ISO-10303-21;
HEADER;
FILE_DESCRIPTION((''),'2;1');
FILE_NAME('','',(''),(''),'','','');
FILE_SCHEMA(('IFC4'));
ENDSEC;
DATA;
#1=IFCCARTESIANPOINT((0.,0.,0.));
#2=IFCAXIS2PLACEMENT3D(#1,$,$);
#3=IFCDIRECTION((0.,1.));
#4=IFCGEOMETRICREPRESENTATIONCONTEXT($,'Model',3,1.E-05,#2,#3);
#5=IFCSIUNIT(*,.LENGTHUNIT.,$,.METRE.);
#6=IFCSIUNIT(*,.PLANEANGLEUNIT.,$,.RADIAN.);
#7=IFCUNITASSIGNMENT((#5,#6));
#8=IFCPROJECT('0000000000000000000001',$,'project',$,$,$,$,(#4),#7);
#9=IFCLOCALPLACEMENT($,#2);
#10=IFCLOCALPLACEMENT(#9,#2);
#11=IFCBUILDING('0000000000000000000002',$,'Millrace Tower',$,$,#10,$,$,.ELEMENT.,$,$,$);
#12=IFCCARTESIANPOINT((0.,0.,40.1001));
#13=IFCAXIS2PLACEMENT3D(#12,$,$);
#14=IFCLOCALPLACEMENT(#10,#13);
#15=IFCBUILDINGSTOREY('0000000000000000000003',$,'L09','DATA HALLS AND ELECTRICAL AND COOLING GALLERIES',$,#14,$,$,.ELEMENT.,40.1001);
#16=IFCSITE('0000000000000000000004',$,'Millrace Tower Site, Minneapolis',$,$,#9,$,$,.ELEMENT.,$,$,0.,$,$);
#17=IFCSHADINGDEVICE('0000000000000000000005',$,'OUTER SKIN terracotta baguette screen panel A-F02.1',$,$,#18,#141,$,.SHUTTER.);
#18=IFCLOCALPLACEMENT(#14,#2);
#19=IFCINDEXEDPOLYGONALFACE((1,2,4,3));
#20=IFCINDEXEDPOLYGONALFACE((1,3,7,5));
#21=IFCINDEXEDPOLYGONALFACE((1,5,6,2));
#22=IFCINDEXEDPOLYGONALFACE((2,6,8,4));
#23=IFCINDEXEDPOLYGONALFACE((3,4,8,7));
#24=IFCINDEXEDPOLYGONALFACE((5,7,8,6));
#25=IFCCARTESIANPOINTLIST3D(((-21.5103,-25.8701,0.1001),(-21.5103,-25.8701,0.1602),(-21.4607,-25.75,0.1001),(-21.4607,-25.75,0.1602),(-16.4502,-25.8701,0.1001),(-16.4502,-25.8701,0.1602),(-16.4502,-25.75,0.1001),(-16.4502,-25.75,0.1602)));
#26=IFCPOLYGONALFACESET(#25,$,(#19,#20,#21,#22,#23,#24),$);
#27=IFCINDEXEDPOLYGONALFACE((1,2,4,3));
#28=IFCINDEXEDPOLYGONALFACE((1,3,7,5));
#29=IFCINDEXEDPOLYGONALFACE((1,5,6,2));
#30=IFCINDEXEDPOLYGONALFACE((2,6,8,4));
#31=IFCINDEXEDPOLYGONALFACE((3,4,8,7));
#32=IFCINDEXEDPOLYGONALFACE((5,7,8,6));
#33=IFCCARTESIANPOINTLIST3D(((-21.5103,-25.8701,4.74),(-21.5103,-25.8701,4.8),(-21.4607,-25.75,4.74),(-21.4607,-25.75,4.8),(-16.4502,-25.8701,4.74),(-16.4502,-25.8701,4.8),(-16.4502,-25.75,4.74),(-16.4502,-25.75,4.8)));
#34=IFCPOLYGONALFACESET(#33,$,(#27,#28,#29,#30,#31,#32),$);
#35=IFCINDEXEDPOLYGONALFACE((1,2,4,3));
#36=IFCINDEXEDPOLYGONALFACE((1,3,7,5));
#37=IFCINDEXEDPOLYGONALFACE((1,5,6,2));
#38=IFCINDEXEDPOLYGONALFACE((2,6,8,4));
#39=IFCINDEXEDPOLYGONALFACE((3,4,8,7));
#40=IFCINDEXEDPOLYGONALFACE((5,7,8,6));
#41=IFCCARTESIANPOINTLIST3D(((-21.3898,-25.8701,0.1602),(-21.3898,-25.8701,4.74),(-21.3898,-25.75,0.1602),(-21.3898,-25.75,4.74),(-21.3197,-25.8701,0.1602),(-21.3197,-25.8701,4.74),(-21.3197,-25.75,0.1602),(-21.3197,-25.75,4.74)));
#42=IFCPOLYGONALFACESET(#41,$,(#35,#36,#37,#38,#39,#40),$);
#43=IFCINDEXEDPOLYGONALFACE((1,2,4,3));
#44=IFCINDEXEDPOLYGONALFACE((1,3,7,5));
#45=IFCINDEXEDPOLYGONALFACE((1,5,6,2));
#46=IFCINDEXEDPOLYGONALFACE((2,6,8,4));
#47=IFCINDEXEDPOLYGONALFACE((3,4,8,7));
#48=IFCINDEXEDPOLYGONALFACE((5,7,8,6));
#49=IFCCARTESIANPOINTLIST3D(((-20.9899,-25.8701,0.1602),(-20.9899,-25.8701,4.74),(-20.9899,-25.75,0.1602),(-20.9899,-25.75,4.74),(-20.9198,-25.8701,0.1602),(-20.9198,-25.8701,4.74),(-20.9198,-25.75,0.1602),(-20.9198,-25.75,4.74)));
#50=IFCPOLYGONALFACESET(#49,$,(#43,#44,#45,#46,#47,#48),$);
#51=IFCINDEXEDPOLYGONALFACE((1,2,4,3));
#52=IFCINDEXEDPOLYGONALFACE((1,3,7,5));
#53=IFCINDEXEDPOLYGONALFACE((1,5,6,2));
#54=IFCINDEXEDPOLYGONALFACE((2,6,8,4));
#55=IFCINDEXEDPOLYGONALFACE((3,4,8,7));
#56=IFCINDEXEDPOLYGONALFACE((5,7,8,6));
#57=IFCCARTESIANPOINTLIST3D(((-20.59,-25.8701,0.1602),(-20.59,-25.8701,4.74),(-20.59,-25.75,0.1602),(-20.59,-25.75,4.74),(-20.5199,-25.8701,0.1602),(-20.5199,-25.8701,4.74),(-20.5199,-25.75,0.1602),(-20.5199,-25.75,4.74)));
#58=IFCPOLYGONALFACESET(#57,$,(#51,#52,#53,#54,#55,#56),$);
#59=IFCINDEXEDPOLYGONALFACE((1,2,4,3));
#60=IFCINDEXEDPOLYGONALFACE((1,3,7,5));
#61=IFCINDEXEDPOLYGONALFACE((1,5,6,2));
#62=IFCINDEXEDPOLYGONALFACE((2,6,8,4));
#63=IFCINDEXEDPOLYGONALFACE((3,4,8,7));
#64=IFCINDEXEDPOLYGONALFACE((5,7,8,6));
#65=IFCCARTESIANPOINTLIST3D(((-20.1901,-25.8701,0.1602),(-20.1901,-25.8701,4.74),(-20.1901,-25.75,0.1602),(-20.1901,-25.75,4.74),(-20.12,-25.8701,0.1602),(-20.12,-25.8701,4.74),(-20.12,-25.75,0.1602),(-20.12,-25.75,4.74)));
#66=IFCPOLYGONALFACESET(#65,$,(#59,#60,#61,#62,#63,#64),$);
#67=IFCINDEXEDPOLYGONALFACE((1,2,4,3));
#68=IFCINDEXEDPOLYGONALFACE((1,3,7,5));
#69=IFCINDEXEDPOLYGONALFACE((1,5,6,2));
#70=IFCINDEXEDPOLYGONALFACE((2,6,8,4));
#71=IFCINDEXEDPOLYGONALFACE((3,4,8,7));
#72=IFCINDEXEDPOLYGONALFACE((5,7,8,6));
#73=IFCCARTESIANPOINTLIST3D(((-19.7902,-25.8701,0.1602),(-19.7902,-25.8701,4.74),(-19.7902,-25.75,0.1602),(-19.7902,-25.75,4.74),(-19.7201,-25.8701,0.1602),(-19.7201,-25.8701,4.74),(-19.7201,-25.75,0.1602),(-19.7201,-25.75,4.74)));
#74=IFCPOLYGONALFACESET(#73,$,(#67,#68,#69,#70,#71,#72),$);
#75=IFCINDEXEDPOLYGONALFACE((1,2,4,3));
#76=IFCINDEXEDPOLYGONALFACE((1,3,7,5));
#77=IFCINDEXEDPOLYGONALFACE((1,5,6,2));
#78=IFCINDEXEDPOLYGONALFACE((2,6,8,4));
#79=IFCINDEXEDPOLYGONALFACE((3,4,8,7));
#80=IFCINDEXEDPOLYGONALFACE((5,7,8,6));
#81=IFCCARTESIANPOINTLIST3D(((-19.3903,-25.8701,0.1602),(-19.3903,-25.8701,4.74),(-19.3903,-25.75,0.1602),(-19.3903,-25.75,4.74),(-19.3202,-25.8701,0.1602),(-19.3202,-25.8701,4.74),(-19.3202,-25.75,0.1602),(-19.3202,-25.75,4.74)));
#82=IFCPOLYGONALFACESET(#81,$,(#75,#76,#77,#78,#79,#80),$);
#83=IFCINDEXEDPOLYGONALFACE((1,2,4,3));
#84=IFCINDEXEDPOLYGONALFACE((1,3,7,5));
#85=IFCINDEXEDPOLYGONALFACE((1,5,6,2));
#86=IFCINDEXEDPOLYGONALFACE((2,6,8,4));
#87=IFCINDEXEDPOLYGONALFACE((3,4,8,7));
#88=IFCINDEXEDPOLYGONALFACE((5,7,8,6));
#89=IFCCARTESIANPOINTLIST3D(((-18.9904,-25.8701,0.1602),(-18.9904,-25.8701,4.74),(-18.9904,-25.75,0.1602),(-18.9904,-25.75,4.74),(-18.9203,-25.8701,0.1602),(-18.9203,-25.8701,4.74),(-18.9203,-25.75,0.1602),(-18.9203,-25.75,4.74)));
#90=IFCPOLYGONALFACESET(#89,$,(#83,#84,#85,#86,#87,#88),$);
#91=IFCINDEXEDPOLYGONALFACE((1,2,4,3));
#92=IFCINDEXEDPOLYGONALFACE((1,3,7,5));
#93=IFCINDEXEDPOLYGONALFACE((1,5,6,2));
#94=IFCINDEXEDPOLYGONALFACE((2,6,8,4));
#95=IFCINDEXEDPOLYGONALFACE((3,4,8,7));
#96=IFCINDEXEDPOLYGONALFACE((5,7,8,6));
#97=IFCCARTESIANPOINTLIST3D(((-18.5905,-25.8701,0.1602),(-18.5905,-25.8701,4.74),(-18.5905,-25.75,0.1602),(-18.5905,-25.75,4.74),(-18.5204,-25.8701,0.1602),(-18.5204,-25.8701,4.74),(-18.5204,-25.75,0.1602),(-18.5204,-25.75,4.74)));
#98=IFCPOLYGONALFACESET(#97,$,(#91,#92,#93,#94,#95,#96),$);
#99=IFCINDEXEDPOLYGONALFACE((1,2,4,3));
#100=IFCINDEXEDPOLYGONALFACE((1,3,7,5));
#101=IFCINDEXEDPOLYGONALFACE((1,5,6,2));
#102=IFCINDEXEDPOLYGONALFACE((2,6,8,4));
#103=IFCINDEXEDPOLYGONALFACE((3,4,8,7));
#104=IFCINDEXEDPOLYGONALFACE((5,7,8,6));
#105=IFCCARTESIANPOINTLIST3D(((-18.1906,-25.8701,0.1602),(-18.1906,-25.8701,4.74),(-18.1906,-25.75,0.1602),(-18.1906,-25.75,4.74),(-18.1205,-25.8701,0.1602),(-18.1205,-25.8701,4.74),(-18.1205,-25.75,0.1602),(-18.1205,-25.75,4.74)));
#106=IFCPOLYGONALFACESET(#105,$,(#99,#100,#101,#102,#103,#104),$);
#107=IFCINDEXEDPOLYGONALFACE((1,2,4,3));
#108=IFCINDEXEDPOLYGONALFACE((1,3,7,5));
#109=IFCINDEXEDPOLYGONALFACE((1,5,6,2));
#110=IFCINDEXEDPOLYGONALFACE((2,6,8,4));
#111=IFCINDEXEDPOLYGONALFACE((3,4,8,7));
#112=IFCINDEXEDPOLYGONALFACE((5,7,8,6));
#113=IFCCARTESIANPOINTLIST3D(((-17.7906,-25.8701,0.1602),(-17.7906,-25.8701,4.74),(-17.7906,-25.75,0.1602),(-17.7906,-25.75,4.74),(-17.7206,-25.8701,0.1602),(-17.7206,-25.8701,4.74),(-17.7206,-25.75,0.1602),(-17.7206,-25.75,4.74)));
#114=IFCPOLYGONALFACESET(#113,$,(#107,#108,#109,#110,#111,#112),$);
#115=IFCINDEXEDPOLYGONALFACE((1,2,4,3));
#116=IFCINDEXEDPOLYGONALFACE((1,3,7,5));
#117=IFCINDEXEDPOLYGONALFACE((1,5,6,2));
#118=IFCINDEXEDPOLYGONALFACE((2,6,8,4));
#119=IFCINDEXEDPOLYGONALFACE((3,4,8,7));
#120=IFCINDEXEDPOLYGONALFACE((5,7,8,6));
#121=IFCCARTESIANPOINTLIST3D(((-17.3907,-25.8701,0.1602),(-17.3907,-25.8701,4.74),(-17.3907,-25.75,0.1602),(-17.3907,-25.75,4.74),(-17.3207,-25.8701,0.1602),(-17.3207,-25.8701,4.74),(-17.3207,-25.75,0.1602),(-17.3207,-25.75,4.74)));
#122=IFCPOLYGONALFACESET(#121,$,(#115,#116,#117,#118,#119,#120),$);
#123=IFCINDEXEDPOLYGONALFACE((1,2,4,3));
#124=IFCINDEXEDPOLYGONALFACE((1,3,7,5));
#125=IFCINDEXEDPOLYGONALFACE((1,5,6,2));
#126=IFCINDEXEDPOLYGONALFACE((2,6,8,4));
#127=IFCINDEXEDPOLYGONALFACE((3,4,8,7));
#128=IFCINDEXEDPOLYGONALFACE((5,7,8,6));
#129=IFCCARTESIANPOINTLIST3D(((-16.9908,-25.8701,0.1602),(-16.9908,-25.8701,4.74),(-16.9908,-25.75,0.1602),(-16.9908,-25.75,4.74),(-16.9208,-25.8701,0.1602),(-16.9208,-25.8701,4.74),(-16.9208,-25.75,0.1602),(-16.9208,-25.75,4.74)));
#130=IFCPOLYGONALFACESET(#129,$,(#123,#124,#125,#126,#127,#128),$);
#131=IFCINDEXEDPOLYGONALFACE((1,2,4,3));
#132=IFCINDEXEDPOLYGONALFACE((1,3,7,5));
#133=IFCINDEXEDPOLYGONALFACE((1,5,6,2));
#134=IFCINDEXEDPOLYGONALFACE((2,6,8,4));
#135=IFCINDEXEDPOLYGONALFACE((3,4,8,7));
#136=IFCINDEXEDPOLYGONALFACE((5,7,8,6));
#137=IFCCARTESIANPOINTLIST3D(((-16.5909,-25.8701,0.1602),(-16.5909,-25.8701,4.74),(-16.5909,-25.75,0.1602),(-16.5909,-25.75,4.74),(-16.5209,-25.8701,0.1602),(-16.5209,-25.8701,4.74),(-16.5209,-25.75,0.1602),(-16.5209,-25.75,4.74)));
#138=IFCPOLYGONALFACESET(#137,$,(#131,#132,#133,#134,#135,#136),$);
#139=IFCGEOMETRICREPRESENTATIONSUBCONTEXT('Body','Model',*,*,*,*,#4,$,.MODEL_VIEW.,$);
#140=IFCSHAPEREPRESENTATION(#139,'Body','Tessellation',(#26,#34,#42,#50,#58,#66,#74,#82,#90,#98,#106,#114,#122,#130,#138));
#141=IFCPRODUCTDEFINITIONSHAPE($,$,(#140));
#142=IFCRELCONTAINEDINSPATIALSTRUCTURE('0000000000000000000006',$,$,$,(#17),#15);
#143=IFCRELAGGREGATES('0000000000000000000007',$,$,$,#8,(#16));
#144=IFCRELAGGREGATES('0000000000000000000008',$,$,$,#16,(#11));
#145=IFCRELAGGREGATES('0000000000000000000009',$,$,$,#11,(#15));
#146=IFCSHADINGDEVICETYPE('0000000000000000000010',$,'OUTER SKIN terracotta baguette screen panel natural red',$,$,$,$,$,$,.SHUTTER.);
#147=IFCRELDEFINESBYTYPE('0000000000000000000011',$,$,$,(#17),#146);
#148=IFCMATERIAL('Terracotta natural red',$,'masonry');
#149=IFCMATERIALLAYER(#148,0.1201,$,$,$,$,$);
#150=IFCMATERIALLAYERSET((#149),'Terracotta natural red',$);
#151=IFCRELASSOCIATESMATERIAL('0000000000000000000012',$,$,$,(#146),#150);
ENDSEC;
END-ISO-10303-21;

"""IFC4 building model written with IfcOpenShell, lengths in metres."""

from ifc_helpers import new_model, entity, si_unit, direction, frame, frame_2d, origin, place, context, subcontext, project, spatial, rectangle, extrude, source, transform, mapped, material, layer, layer_set, type_object, element, save


model = new_model("IFC4")

# Units and contexts
model_context = context("Model", 3, precision=1e-05, world=origin(), true_north=direction((0.0, 1.0)))
body_context = subcontext(model_context, "Body", "Model", "MODEL_VIEW")
ifc_project = project(units=[si_unit("LENGTHUNIT", "METRE"), si_unit("PLANEANGLEUNIT", "RADIAN")], contexts=[model_context])

# Site, building, storey
site_placement = place(None, origin())
site = spatial("IfcSite", under=ifc_project, at=site_placement, Name="Millrace Tower Site, Minneapolis", CompositionType="ELEMENT", RefElevation=0.0)
building_placement = place(site_placement, origin())
building = spatial("IfcBuilding", under=site, at=building_placement, Name="Millrace Tower", CompositionType="ELEMENT")
storey_placement = place(building_placement, frame((0.0, 0.0, 40.1001)))
storey = spatial("IfcBuildingStorey", under=building, at=storey_placement, Name="L09", Description="DATA HALLS AND ELECTRICAL AND COOLING GALLERIES", CompositionType="ELEMENT", Elevation=40.1001)

# Shading device
ifc_material_1 = material(Name="Terracotta natural red", Category="masonry")
ifc_layer_1 = layer(ifc_material_1, 0.1201)
ifc_layer_set_1 = layer_set([ifc_layer_1], Name="Terracotta natural red")
shading_device_type_1 = type_object("IfcShadingDeviceType", Name="OUTER SKIN terracotta baguette screen panel natural red", PredefinedType="SHUTTER", material=ifc_layer_set_1)
cartesian_point_1 = entity("IfcCartesianPoint", [-2.4929, 0.0601])
shared_polyline_1 = entity("IfcPolyline", [cartesian_point_1, entity("IfcCartesianPoint", [2.5176, 0.0601]), entity("IfcCartesianPoint", [2.5176, -0.0601]), entity("IfcCartesianPoint", [-2.5425, -0.0601]), cartesian_point_1])
shared_shape_1 = source(origin(), body_context, "Body", "SweptSolid", [
    entity("IfcExtrudedAreaSolid", entity("IfcArbitraryClosedProfileDef", "AREA", None, shared_polyline_1), entity("IfcAxis2Placement3D", entity("IfcCartesianPoint", [0.0, 0.0, 0.0])), entity("IfcDirection", [0.0, 0.0, 1.0]), 0.0601),
    entity("IfcExtrudedAreaSolid", entity("IfcArbitraryClosedProfileDef", "AREA", None, shared_polyline_1), entity("IfcAxis2Placement3D", entity("IfcCartesianPoint", [0.0, 0.0, 4.6399])), entity("IfcDirection", [0.0, 0.0, 1.0]), 0.0601),
    extrude(rectangle(XDim=0.0701, YDim=0.1201, at=frame_2d((-2.387, 0.0))), frame((0.0, 0.0, 0.0601)), (0.0, 0.0, 1.0), 4.5798),
    extrude(rectangle(XDim=0.0701, YDim=0.1201, at=frame_2d((-1.9871, 0.0))), frame((0.0, 0.0, 0.0601)), (0.0, 0.0, 1.0), 4.5798),
    extrude(rectangle(XDim=0.0701, YDim=0.1201, at=frame_2d((-1.5872, 0.0))), frame((0.0, 0.0, 0.0601)), (0.0, 0.0, 1.0), 4.5798),
    extrude(rectangle(XDim=0.0701, YDim=0.1201, at=frame_2d((-1.1873, 0.0))), frame((0.0, 0.0, 0.0601)), (0.0, 0.0, 1.0), 4.5798),
    extrude(rectangle(XDim=0.0701, YDim=0.1201, at=frame_2d((-0.7874, 0.0))), frame((0.0, 0.0, 0.0601)), (0.0, 0.0, 1.0), 4.5798),
    extrude(rectangle(XDim=0.0701, YDim=0.1201, at=frame_2d((-0.3875, 0.0))), frame((0.0, 0.0, 0.0601)), (0.0, 0.0, 1.0), 4.5798),
    extrude(rectangle(XDim=0.0701, YDim=0.1201, at=frame_2d((0.0125, 0.0))), frame((0.0, 0.0, 0.0601)), (0.0, 0.0, 1.0), 4.5798),
    extrude(rectangle(XDim=0.0701, YDim=0.1201, at=frame_2d((0.4124, 0.0))), frame((0.0, 0.0, 0.0601)), (0.0, 0.0, 1.0), 4.5798),
    extrude(rectangle(XDim=0.0701, YDim=0.1201, at=frame_2d((0.8123, 0.0))), frame((0.0, 0.0, 0.0601)), (0.0, 0.0, 1.0), 4.5798),
    extrude(rectangle(XDim=0.0701, YDim=0.1201, at=frame_2d((1.2122, 0.0))), frame((0.0, 0.0, 0.0601)), (0.0, 0.0, 1.0), 4.5798),
    extrude(rectangle(XDim=0.0701, YDim=0.1201, at=frame_2d((1.6121, 0.0))), frame((0.0, 0.0, 0.0601)), (0.0, 0.0, 1.0), 4.5798),
    extrude(rectangle(XDim=0.0701, YDim=0.1201, at=frame_2d((2.012, 0.0))), frame((0.0, 0.0, 0.0601)), (0.0, 0.0, 1.0), 4.5798),
    extrude(rectangle(XDim=0.0701, YDim=0.1201, at=frame_2d((2.4119, 0.0))), frame((0.0, 0.0, 0.0601)), (0.0, 0.0, 1.0), 4.5798),
])
shading_device_1_placement = place(storey_placement, frame((-18.9678, -25.8101, 0.1001), z_axis=(0.0, 0.0, 1.0), x_axis=(1.0, 0.0, 0.0)))
element("IfcShadingDevice", 1, at=shading_device_1_placement, inside=storey, type_object=shading_device_type_1, Name="OUTER SKIN terracotta baguette screen panel A-F02.1", PredefinedType="SHUTTER", context=body_context, shape_type="MappedRepresentation", body=[
    mapped(shared_shape_1, transform((0.0, 0.0, 0.0), scale=1.0)),
])

save(model, "model.ifc")
